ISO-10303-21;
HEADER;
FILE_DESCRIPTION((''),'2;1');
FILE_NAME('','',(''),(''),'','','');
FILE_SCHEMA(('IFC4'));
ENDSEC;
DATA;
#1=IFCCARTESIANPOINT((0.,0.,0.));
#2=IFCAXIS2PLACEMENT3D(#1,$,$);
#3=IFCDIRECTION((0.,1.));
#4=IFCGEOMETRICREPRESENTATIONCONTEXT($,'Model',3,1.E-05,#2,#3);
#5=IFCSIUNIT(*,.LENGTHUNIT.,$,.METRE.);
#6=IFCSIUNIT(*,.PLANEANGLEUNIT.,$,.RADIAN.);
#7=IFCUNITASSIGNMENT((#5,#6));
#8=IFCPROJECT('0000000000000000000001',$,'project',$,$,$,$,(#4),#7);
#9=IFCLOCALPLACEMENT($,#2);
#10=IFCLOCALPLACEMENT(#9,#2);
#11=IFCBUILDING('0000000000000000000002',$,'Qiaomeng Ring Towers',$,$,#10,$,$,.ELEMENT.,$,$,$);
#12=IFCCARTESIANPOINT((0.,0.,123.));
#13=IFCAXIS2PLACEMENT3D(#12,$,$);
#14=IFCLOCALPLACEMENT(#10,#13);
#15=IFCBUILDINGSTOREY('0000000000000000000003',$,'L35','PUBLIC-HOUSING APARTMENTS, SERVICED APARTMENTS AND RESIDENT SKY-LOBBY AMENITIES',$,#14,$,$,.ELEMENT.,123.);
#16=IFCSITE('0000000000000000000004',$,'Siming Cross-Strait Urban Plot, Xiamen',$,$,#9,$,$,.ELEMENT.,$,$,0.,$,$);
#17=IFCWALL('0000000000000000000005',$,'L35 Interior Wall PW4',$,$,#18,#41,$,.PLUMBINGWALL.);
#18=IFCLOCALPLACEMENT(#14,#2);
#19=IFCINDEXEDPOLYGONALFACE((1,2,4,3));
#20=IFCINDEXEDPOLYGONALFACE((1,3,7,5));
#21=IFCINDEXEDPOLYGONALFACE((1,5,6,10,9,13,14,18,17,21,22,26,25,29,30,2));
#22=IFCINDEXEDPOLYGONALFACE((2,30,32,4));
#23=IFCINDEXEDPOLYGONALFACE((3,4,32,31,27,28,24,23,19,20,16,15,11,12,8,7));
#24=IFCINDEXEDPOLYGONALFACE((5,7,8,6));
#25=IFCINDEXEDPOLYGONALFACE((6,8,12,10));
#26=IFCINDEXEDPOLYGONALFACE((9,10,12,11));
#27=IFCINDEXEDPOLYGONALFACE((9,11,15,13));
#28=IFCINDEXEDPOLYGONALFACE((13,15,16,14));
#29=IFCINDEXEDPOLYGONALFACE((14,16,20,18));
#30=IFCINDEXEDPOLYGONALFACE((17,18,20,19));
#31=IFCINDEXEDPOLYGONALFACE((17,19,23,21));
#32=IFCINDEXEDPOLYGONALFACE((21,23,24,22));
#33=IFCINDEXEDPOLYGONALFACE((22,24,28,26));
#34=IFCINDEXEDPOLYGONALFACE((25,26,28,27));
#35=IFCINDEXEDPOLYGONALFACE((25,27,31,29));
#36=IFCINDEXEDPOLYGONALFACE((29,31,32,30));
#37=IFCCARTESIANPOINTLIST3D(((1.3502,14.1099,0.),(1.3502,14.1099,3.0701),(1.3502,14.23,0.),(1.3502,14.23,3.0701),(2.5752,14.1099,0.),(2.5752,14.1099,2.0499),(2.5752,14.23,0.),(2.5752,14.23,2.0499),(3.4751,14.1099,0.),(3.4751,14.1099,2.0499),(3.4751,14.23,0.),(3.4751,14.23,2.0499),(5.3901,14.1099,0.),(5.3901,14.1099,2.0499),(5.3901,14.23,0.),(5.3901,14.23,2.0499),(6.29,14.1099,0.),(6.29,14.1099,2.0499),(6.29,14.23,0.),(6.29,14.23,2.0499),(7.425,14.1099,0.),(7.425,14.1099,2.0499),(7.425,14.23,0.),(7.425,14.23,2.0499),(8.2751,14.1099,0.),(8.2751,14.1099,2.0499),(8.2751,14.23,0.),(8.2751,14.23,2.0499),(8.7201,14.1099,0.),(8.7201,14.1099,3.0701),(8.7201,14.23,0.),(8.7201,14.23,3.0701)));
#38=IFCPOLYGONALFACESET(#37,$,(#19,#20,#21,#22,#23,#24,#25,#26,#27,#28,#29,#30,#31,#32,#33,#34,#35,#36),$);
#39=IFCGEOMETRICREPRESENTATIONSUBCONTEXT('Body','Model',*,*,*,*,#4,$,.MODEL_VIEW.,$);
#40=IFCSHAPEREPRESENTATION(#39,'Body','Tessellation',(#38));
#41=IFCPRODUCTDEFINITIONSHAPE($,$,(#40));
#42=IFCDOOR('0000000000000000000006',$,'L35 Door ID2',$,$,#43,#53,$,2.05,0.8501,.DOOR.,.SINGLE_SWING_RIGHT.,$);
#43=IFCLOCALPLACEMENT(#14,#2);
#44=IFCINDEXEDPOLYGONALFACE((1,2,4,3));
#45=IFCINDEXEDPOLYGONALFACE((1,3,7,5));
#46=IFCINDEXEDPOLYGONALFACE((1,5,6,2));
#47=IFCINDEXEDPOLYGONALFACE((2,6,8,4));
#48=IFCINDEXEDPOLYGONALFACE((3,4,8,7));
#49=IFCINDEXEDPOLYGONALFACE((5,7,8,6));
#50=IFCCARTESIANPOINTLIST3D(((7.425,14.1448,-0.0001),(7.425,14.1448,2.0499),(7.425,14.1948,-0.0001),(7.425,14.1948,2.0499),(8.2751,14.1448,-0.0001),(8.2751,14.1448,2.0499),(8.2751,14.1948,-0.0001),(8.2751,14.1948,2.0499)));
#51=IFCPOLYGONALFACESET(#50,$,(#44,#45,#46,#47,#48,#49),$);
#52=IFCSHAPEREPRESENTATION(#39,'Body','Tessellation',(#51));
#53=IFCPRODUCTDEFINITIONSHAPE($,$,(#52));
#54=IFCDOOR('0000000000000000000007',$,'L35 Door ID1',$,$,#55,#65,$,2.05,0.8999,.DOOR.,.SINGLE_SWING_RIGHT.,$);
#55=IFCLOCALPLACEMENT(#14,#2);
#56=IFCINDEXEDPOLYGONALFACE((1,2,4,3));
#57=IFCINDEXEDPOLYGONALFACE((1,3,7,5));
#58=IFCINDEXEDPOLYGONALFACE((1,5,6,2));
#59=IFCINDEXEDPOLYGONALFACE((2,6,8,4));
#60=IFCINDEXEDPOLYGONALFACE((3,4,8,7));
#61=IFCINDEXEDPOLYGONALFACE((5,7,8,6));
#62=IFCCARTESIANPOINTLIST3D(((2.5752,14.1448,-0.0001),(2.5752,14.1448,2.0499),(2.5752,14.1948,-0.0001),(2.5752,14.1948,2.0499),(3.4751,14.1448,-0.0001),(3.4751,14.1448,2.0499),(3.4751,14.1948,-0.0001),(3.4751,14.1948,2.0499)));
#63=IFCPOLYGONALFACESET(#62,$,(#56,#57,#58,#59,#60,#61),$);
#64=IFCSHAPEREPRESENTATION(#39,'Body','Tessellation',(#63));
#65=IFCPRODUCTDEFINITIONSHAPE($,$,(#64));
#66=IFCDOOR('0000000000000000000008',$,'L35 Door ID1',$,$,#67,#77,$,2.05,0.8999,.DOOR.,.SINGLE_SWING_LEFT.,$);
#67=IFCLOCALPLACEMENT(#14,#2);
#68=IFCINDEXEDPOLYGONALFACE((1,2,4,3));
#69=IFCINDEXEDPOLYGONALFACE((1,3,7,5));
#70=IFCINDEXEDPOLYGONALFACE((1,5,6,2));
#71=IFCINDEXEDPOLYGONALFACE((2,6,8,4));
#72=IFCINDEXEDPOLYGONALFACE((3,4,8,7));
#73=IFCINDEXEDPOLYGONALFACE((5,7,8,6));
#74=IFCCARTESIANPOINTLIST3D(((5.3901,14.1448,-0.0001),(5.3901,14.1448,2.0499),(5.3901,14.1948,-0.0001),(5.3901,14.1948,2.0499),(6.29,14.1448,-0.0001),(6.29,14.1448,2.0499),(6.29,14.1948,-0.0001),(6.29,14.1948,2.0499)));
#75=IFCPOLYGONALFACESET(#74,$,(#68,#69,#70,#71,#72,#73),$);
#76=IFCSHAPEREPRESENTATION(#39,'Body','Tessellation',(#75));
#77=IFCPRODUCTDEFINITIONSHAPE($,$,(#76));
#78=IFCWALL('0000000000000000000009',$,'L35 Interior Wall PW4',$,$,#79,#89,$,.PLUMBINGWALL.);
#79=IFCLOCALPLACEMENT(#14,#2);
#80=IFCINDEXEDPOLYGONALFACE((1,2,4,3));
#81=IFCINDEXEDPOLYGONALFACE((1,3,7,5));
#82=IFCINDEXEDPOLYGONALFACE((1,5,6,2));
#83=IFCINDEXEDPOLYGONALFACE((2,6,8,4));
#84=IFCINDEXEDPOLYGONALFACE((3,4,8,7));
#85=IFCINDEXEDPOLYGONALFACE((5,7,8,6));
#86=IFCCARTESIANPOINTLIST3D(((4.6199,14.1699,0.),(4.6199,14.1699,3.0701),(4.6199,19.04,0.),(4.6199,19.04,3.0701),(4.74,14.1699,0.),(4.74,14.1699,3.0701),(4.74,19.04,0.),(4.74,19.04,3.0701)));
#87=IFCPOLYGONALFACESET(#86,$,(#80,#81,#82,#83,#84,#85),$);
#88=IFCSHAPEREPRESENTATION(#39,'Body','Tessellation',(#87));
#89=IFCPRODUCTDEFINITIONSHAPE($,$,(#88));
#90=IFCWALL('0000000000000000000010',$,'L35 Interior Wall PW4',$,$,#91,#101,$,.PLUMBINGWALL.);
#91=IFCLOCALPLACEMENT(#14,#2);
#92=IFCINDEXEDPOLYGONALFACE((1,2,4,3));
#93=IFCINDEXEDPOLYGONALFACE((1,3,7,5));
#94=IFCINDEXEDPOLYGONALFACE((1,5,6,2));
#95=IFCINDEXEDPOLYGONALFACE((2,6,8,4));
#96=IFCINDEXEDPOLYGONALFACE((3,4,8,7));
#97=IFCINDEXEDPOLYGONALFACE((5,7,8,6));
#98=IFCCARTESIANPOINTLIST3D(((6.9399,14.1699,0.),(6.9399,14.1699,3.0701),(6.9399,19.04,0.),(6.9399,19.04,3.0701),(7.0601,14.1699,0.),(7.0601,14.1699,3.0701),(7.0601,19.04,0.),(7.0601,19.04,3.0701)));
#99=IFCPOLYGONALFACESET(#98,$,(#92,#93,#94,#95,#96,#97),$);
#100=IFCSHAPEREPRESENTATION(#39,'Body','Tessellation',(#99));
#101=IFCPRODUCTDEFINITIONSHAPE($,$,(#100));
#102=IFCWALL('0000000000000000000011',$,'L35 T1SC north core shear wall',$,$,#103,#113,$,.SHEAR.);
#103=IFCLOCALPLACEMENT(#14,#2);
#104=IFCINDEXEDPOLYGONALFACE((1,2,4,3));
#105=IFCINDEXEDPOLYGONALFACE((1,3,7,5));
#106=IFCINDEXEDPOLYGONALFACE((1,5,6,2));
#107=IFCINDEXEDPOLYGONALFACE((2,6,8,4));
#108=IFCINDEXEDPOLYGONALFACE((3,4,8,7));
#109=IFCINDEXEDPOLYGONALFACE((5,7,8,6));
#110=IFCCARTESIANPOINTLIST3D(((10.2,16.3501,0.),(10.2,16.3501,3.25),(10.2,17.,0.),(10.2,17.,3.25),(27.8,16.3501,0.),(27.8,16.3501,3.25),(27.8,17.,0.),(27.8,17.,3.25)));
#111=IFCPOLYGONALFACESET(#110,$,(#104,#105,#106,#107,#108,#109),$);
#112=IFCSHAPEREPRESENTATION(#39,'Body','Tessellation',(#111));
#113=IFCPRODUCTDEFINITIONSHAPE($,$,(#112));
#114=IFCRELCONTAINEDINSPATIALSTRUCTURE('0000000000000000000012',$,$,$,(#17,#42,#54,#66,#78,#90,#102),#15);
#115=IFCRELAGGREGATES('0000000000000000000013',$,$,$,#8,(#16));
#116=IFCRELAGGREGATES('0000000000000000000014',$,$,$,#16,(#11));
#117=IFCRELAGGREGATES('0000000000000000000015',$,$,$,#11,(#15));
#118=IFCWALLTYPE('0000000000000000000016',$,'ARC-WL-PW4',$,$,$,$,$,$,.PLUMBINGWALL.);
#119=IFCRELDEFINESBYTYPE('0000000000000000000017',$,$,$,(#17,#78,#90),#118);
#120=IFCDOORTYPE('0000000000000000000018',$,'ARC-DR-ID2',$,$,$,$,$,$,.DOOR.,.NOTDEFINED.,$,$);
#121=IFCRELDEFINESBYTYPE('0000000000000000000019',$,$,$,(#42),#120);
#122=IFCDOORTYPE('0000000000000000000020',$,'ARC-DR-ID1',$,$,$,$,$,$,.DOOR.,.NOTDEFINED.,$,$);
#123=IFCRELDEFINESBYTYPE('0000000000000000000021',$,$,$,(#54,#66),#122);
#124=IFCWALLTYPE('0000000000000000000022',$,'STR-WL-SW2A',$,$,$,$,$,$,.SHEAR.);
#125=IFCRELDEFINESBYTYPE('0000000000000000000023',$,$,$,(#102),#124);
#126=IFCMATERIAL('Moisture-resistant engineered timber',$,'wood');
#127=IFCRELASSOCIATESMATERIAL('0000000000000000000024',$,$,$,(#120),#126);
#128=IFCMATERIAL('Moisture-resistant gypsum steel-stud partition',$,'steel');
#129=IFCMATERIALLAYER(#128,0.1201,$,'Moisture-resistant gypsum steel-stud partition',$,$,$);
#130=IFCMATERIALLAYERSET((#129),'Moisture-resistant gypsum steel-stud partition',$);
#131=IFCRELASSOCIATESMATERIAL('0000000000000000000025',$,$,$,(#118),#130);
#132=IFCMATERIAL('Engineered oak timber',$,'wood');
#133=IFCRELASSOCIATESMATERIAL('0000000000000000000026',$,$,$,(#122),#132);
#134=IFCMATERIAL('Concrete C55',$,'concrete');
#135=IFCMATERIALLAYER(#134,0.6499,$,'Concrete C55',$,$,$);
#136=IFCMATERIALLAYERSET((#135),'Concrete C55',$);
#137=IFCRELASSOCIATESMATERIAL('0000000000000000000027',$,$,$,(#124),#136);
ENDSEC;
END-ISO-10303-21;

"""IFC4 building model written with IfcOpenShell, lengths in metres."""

from ifc_helpers import new_model, si_unit, direction, frame, frame_2d, origin, place, context, subcontext, project, spatial, rectangle, extrude, source, transform, mapped, material, layer, layer_set, type_object, element, fill, save


model = new_model("IFC4")

# Units and contexts
model_context = context("Model", 3, precision=1e-05, world=origin(), true_north=direction((0.0, 1.0)))
body_context = subcontext(model_context, "Body", "Model", "MODEL_VIEW")
ifc_project = project(units=[si_unit("LENGTHUNIT", "METRE"), si_unit("PLANEANGLEUNIT", "RADIAN")], contexts=[model_context])

# Site, building, storey
site_placement = place(None, origin())
site = spatial("IfcSite", under=ifc_project, at=site_placement, Name="Siming Cross-Strait Urban Plot, Xiamen", CompositionType="ELEMENT", RefElevation=0.0)
building_placement = place(site_placement, origin())
building = spatial("IfcBuilding", under=site, at=building_placement, Name="Qiaomeng Ring Towers", CompositionType="ELEMENT")
storey_placement = place(building_placement, frame((0.0, 0.0, 123.0)))
storey = spatial("IfcBuildingStorey", under=building, at=storey_placement, Name="L35", Description="PUBLIC-HOUSING APARTMENTS, SERVICED APARTMENTS AND RESIDENT SKY-LOBBY AMENITIES", CompositionType="ELEMENT", Elevation=123.0)

# Shared definitions
ifc_material_1 = material(Name="Concrete C55", Category="concrete")

# Shared definitions
ifc_material_2 = material(Name="Moisture-resistant engineered timber", Category="wood")
door_type_1 = type_object("IfcDoorType", Name="ARC-DR-ID2", OperationType="NOTDEFINED", PredefinedType="DOOR", material=ifc_material_2)
shared_shape_1 = source(origin(), body_context, "Body", "SweptSolid", [
    extrude(rectangle(XDim=0.8501, YDim=2.05, at=frame_2d((0.425, 1.0249))), frame((0.0, 0.0249, 0.0), z_axis=(0.0, -1.0, 0.0), x_axis=(1.0, 0.0, 0.0)), (0.0, 0.0, 1.0), 0.05),
])

# Wall, openings, doors
ifc_material_3 = material(Name="Moisture-resistant gypsum steel-stud partition", Category="steel")
ifc_layer_1 = layer(ifc_material_3, 0.1201, Name="Moisture-resistant gypsum steel-stud partition")
ifc_layer_set_1 = layer_set([ifc_layer_1], Name="Moisture-resistant gypsum steel-stud partition")
wall_type_1 = type_object("IfcWallType", Name="ARC-WL-PW4", PredefinedType="PLUMBINGWALL", material=ifc_layer_set_1)
wall_1_placement = place(storey_placement, frame((1.3501, 14.1699, 0.0), z_axis=(0.0, 0.0, 1.0), x_axis=(1.0, 0.0, 0.0)))
wall_1 = element("IfcWall", 1, at=wall_1_placement, inside=storey, type_object=wall_type_1, Name="L35 Interior Wall PW4", PredefinedType="PLUMBINGWALL", context=body_context, shape_type="SweptSolid", body=[
    extrude(rectangle(XDim=7.3699, YDim=0.1201, at=frame_2d((3.6851, 0.0))), origin(), (0.0, 0.0, 1.0), 3.0701),
])
opening_1_placement = place(wall_1_placement, frame((1.2251, 0.0, 0.0)))
opening_1 = element("IfcOpeningElement", 2, at=opening_1_placement, cuts=wall_1, PredefinedType="OPENING", context=body_context, shape_type="SweptSolid", body=[
    extrude(rectangle(XDim=0.8999, YDim=2.05, at=frame_2d((0.45, 1.0249))), frame((0.0, 0.0701, 0.0), z_axis=(0.0, -1.0, 0.0), x_axis=(1.0, 0.0, 0.0)), (0.0, 0.0, 1.0), 0.1401),
])
opening_2_placement = place(wall_1_placement, frame((4.04, 0.0, 0.0)))
opening_2 = element("IfcOpeningElement", 3, at=opening_2_placement, cuts=wall_1, PredefinedType="OPENING", context=body_context, shape_type="SweptSolid", body=[
    extrude(rectangle(XDim=0.8999, YDim=2.05, at=frame_2d((0.45, 1.0249))), frame((0.0, 0.0701, 0.0), z_axis=(0.0, -1.0, 0.0), x_axis=(1.0, 0.0, 0.0)), (0.0, 0.0, 1.0), 0.1401),
])
opening_3_placement = place(wall_1_placement, frame((6.075, 0.0, 0.0)))
opening_3 = element("IfcOpeningElement", 4, at=opening_3_placement, cuts=wall_1, PredefinedType="OPENING", context=body_context, shape_type="SweptSolid", body=[
    extrude(rectangle(XDim=0.8501, YDim=2.05, at=frame_2d((0.425, 1.0249))), frame((0.0, 0.0701, 0.0), z_axis=(0.0, -1.0, 0.0), x_axis=(1.0, 0.0, 0.0)), (0.0, 0.0, 1.0), 0.1401),
])
door_1_placement = place(opening_3_placement, origin())
door_1 = element("IfcDoor", 5, at=door_1_placement, inside=storey, type_object=door_type_1, Name="L35 Door ID2", OperationType="SINGLE_SWING_RIGHT", OverallHeight=2.05, OverallWidth=0.8501, PredefinedType="DOOR", context=body_context, shape_type="MappedRepresentation", body=[
    mapped(shared_shape_1, transform((0.0, 0.0, 0.0), x_axis=(1.0, 0.0, 0.0), y_axis=(0.0, 1.0, 0.0), z_axis=(0.0, 0.0, 1.0), scale=1.0)),
])
fill(opening_3, door_1)
ifc_material_4 = material(Name="Engineered oak timber", Category="wood")
door_type_2 = type_object("IfcDoorType", Name="ARC-DR-ID1", OperationType="NOTDEFINED", PredefinedType="DOOR", material=ifc_material_4)
shared_shape_2 = source(origin(), body_context, "Body", "SweptSolid", [
    extrude(rectangle(XDim=0.8999, YDim=2.05, at=frame_2d((0.45, 1.0249))), frame((0.0, 0.0249, 0.0), z_axis=(0.0, -1.0, 0.0), x_axis=(1.0, 0.0, 0.0)), (0.0, 0.0, 1.0), 0.05),
])
door_2_placement = place(opening_1_placement, origin())
door_2 = element("IfcDoor", 6, at=door_2_placement, inside=storey, type_object=door_type_2, Name="L35 Door ID1", OperationType="SINGLE_SWING_RIGHT", OverallHeight=2.05, OverallWidth=0.8999, PredefinedType="DOOR", context=body_context, shape_type="MappedRepresentation", body=[
    mapped(shared_shape_2, transform((0.0, 0.0, 0.0), x_axis=(1.0, 0.0, 0.0), y_axis=(0.0, 1.0, 0.0), z_axis=(0.0, 0.0, 1.0), scale=1.0)),
])
fill(opening_1, door_2)
door_3_placement = place(opening_2_placement, origin())
door_3 = element("IfcDoor", 7, at=door_3_placement, inside=storey, type_object=door_type_2, Name="L35 Door ID1", OperationType="SINGLE_SWING_LEFT", OverallHeight=2.05, OverallWidth=0.8999, PredefinedType="DOOR", context=body_context, shape_type="MappedRepresentation", body=[
    mapped(shared_shape_2, transform((0.0, 0.0, 0.0), x_axis=(1.0, 0.0, 0.0), y_axis=(0.0, 1.0, 0.0), z_axis=(0.0, 0.0, 1.0), scale=1.0)),
])
fill(opening_2, door_3)

# Walls
for number, where, z_axis, x_axis, name in (
    (8, (4.6799, 14.1699, 0.0), (0.0, 0.0, 1.0), (0.0, 1.0, 0.0), "L35 Interior Wall PW4"),
    (9, (7.0, 14.1699, 0.0), (0.0, 0.0, 1.0), (0.0, 1.0, 0.0), "L35 Interior Wall PW4"),
):
    element("IfcWall", number, at=place(storey_placement, frame(where, z_axis=z_axis, x_axis=x_axis)), inside=storey, type_object=wall_type_1, Name=name, PredefinedType="PLUMBINGWALL", context=body_context, shape_type="SweptSolid", body=[
        extrude(rectangle(XDim=4.8701, YDim=0.1201, at=frame_2d((2.4351, 0.0))), origin(), (0.0, 0.0, 1.0), 3.0701),
    ])
ifc_layer_2 = layer(ifc_material_1, 0.6499, Name="Concrete C55")
ifc_layer_set_2 = layer_set([ifc_layer_2], Name="Concrete C55")
wall_type_2 = type_object("IfcWallType", Name="STR-WL-SW2A", PredefinedType="SHEAR", material=ifc_layer_set_2)
wall_2_placement = place(storey_placement, frame((10.2, 16.675, 0.0), z_axis=(0.0, 0.0, 1.0), x_axis=(1.0, 0.0, 0.0)))
element("IfcWall", 10, at=wall_2_placement, inside=storey, type_object=wall_type_2, Name="L35 T1SC north core shear wall", PredefinedType="SHEAR", context=body_context, shape_type="SweptSolid", body=[
    extrude(rectangle(XDim=17.6001, YDim=0.6499, at=frame_2d((8.8, 0.0))), origin(), (0.0, 0.0, 1.0), 3.25),
])

save(model, "model.ifc")
